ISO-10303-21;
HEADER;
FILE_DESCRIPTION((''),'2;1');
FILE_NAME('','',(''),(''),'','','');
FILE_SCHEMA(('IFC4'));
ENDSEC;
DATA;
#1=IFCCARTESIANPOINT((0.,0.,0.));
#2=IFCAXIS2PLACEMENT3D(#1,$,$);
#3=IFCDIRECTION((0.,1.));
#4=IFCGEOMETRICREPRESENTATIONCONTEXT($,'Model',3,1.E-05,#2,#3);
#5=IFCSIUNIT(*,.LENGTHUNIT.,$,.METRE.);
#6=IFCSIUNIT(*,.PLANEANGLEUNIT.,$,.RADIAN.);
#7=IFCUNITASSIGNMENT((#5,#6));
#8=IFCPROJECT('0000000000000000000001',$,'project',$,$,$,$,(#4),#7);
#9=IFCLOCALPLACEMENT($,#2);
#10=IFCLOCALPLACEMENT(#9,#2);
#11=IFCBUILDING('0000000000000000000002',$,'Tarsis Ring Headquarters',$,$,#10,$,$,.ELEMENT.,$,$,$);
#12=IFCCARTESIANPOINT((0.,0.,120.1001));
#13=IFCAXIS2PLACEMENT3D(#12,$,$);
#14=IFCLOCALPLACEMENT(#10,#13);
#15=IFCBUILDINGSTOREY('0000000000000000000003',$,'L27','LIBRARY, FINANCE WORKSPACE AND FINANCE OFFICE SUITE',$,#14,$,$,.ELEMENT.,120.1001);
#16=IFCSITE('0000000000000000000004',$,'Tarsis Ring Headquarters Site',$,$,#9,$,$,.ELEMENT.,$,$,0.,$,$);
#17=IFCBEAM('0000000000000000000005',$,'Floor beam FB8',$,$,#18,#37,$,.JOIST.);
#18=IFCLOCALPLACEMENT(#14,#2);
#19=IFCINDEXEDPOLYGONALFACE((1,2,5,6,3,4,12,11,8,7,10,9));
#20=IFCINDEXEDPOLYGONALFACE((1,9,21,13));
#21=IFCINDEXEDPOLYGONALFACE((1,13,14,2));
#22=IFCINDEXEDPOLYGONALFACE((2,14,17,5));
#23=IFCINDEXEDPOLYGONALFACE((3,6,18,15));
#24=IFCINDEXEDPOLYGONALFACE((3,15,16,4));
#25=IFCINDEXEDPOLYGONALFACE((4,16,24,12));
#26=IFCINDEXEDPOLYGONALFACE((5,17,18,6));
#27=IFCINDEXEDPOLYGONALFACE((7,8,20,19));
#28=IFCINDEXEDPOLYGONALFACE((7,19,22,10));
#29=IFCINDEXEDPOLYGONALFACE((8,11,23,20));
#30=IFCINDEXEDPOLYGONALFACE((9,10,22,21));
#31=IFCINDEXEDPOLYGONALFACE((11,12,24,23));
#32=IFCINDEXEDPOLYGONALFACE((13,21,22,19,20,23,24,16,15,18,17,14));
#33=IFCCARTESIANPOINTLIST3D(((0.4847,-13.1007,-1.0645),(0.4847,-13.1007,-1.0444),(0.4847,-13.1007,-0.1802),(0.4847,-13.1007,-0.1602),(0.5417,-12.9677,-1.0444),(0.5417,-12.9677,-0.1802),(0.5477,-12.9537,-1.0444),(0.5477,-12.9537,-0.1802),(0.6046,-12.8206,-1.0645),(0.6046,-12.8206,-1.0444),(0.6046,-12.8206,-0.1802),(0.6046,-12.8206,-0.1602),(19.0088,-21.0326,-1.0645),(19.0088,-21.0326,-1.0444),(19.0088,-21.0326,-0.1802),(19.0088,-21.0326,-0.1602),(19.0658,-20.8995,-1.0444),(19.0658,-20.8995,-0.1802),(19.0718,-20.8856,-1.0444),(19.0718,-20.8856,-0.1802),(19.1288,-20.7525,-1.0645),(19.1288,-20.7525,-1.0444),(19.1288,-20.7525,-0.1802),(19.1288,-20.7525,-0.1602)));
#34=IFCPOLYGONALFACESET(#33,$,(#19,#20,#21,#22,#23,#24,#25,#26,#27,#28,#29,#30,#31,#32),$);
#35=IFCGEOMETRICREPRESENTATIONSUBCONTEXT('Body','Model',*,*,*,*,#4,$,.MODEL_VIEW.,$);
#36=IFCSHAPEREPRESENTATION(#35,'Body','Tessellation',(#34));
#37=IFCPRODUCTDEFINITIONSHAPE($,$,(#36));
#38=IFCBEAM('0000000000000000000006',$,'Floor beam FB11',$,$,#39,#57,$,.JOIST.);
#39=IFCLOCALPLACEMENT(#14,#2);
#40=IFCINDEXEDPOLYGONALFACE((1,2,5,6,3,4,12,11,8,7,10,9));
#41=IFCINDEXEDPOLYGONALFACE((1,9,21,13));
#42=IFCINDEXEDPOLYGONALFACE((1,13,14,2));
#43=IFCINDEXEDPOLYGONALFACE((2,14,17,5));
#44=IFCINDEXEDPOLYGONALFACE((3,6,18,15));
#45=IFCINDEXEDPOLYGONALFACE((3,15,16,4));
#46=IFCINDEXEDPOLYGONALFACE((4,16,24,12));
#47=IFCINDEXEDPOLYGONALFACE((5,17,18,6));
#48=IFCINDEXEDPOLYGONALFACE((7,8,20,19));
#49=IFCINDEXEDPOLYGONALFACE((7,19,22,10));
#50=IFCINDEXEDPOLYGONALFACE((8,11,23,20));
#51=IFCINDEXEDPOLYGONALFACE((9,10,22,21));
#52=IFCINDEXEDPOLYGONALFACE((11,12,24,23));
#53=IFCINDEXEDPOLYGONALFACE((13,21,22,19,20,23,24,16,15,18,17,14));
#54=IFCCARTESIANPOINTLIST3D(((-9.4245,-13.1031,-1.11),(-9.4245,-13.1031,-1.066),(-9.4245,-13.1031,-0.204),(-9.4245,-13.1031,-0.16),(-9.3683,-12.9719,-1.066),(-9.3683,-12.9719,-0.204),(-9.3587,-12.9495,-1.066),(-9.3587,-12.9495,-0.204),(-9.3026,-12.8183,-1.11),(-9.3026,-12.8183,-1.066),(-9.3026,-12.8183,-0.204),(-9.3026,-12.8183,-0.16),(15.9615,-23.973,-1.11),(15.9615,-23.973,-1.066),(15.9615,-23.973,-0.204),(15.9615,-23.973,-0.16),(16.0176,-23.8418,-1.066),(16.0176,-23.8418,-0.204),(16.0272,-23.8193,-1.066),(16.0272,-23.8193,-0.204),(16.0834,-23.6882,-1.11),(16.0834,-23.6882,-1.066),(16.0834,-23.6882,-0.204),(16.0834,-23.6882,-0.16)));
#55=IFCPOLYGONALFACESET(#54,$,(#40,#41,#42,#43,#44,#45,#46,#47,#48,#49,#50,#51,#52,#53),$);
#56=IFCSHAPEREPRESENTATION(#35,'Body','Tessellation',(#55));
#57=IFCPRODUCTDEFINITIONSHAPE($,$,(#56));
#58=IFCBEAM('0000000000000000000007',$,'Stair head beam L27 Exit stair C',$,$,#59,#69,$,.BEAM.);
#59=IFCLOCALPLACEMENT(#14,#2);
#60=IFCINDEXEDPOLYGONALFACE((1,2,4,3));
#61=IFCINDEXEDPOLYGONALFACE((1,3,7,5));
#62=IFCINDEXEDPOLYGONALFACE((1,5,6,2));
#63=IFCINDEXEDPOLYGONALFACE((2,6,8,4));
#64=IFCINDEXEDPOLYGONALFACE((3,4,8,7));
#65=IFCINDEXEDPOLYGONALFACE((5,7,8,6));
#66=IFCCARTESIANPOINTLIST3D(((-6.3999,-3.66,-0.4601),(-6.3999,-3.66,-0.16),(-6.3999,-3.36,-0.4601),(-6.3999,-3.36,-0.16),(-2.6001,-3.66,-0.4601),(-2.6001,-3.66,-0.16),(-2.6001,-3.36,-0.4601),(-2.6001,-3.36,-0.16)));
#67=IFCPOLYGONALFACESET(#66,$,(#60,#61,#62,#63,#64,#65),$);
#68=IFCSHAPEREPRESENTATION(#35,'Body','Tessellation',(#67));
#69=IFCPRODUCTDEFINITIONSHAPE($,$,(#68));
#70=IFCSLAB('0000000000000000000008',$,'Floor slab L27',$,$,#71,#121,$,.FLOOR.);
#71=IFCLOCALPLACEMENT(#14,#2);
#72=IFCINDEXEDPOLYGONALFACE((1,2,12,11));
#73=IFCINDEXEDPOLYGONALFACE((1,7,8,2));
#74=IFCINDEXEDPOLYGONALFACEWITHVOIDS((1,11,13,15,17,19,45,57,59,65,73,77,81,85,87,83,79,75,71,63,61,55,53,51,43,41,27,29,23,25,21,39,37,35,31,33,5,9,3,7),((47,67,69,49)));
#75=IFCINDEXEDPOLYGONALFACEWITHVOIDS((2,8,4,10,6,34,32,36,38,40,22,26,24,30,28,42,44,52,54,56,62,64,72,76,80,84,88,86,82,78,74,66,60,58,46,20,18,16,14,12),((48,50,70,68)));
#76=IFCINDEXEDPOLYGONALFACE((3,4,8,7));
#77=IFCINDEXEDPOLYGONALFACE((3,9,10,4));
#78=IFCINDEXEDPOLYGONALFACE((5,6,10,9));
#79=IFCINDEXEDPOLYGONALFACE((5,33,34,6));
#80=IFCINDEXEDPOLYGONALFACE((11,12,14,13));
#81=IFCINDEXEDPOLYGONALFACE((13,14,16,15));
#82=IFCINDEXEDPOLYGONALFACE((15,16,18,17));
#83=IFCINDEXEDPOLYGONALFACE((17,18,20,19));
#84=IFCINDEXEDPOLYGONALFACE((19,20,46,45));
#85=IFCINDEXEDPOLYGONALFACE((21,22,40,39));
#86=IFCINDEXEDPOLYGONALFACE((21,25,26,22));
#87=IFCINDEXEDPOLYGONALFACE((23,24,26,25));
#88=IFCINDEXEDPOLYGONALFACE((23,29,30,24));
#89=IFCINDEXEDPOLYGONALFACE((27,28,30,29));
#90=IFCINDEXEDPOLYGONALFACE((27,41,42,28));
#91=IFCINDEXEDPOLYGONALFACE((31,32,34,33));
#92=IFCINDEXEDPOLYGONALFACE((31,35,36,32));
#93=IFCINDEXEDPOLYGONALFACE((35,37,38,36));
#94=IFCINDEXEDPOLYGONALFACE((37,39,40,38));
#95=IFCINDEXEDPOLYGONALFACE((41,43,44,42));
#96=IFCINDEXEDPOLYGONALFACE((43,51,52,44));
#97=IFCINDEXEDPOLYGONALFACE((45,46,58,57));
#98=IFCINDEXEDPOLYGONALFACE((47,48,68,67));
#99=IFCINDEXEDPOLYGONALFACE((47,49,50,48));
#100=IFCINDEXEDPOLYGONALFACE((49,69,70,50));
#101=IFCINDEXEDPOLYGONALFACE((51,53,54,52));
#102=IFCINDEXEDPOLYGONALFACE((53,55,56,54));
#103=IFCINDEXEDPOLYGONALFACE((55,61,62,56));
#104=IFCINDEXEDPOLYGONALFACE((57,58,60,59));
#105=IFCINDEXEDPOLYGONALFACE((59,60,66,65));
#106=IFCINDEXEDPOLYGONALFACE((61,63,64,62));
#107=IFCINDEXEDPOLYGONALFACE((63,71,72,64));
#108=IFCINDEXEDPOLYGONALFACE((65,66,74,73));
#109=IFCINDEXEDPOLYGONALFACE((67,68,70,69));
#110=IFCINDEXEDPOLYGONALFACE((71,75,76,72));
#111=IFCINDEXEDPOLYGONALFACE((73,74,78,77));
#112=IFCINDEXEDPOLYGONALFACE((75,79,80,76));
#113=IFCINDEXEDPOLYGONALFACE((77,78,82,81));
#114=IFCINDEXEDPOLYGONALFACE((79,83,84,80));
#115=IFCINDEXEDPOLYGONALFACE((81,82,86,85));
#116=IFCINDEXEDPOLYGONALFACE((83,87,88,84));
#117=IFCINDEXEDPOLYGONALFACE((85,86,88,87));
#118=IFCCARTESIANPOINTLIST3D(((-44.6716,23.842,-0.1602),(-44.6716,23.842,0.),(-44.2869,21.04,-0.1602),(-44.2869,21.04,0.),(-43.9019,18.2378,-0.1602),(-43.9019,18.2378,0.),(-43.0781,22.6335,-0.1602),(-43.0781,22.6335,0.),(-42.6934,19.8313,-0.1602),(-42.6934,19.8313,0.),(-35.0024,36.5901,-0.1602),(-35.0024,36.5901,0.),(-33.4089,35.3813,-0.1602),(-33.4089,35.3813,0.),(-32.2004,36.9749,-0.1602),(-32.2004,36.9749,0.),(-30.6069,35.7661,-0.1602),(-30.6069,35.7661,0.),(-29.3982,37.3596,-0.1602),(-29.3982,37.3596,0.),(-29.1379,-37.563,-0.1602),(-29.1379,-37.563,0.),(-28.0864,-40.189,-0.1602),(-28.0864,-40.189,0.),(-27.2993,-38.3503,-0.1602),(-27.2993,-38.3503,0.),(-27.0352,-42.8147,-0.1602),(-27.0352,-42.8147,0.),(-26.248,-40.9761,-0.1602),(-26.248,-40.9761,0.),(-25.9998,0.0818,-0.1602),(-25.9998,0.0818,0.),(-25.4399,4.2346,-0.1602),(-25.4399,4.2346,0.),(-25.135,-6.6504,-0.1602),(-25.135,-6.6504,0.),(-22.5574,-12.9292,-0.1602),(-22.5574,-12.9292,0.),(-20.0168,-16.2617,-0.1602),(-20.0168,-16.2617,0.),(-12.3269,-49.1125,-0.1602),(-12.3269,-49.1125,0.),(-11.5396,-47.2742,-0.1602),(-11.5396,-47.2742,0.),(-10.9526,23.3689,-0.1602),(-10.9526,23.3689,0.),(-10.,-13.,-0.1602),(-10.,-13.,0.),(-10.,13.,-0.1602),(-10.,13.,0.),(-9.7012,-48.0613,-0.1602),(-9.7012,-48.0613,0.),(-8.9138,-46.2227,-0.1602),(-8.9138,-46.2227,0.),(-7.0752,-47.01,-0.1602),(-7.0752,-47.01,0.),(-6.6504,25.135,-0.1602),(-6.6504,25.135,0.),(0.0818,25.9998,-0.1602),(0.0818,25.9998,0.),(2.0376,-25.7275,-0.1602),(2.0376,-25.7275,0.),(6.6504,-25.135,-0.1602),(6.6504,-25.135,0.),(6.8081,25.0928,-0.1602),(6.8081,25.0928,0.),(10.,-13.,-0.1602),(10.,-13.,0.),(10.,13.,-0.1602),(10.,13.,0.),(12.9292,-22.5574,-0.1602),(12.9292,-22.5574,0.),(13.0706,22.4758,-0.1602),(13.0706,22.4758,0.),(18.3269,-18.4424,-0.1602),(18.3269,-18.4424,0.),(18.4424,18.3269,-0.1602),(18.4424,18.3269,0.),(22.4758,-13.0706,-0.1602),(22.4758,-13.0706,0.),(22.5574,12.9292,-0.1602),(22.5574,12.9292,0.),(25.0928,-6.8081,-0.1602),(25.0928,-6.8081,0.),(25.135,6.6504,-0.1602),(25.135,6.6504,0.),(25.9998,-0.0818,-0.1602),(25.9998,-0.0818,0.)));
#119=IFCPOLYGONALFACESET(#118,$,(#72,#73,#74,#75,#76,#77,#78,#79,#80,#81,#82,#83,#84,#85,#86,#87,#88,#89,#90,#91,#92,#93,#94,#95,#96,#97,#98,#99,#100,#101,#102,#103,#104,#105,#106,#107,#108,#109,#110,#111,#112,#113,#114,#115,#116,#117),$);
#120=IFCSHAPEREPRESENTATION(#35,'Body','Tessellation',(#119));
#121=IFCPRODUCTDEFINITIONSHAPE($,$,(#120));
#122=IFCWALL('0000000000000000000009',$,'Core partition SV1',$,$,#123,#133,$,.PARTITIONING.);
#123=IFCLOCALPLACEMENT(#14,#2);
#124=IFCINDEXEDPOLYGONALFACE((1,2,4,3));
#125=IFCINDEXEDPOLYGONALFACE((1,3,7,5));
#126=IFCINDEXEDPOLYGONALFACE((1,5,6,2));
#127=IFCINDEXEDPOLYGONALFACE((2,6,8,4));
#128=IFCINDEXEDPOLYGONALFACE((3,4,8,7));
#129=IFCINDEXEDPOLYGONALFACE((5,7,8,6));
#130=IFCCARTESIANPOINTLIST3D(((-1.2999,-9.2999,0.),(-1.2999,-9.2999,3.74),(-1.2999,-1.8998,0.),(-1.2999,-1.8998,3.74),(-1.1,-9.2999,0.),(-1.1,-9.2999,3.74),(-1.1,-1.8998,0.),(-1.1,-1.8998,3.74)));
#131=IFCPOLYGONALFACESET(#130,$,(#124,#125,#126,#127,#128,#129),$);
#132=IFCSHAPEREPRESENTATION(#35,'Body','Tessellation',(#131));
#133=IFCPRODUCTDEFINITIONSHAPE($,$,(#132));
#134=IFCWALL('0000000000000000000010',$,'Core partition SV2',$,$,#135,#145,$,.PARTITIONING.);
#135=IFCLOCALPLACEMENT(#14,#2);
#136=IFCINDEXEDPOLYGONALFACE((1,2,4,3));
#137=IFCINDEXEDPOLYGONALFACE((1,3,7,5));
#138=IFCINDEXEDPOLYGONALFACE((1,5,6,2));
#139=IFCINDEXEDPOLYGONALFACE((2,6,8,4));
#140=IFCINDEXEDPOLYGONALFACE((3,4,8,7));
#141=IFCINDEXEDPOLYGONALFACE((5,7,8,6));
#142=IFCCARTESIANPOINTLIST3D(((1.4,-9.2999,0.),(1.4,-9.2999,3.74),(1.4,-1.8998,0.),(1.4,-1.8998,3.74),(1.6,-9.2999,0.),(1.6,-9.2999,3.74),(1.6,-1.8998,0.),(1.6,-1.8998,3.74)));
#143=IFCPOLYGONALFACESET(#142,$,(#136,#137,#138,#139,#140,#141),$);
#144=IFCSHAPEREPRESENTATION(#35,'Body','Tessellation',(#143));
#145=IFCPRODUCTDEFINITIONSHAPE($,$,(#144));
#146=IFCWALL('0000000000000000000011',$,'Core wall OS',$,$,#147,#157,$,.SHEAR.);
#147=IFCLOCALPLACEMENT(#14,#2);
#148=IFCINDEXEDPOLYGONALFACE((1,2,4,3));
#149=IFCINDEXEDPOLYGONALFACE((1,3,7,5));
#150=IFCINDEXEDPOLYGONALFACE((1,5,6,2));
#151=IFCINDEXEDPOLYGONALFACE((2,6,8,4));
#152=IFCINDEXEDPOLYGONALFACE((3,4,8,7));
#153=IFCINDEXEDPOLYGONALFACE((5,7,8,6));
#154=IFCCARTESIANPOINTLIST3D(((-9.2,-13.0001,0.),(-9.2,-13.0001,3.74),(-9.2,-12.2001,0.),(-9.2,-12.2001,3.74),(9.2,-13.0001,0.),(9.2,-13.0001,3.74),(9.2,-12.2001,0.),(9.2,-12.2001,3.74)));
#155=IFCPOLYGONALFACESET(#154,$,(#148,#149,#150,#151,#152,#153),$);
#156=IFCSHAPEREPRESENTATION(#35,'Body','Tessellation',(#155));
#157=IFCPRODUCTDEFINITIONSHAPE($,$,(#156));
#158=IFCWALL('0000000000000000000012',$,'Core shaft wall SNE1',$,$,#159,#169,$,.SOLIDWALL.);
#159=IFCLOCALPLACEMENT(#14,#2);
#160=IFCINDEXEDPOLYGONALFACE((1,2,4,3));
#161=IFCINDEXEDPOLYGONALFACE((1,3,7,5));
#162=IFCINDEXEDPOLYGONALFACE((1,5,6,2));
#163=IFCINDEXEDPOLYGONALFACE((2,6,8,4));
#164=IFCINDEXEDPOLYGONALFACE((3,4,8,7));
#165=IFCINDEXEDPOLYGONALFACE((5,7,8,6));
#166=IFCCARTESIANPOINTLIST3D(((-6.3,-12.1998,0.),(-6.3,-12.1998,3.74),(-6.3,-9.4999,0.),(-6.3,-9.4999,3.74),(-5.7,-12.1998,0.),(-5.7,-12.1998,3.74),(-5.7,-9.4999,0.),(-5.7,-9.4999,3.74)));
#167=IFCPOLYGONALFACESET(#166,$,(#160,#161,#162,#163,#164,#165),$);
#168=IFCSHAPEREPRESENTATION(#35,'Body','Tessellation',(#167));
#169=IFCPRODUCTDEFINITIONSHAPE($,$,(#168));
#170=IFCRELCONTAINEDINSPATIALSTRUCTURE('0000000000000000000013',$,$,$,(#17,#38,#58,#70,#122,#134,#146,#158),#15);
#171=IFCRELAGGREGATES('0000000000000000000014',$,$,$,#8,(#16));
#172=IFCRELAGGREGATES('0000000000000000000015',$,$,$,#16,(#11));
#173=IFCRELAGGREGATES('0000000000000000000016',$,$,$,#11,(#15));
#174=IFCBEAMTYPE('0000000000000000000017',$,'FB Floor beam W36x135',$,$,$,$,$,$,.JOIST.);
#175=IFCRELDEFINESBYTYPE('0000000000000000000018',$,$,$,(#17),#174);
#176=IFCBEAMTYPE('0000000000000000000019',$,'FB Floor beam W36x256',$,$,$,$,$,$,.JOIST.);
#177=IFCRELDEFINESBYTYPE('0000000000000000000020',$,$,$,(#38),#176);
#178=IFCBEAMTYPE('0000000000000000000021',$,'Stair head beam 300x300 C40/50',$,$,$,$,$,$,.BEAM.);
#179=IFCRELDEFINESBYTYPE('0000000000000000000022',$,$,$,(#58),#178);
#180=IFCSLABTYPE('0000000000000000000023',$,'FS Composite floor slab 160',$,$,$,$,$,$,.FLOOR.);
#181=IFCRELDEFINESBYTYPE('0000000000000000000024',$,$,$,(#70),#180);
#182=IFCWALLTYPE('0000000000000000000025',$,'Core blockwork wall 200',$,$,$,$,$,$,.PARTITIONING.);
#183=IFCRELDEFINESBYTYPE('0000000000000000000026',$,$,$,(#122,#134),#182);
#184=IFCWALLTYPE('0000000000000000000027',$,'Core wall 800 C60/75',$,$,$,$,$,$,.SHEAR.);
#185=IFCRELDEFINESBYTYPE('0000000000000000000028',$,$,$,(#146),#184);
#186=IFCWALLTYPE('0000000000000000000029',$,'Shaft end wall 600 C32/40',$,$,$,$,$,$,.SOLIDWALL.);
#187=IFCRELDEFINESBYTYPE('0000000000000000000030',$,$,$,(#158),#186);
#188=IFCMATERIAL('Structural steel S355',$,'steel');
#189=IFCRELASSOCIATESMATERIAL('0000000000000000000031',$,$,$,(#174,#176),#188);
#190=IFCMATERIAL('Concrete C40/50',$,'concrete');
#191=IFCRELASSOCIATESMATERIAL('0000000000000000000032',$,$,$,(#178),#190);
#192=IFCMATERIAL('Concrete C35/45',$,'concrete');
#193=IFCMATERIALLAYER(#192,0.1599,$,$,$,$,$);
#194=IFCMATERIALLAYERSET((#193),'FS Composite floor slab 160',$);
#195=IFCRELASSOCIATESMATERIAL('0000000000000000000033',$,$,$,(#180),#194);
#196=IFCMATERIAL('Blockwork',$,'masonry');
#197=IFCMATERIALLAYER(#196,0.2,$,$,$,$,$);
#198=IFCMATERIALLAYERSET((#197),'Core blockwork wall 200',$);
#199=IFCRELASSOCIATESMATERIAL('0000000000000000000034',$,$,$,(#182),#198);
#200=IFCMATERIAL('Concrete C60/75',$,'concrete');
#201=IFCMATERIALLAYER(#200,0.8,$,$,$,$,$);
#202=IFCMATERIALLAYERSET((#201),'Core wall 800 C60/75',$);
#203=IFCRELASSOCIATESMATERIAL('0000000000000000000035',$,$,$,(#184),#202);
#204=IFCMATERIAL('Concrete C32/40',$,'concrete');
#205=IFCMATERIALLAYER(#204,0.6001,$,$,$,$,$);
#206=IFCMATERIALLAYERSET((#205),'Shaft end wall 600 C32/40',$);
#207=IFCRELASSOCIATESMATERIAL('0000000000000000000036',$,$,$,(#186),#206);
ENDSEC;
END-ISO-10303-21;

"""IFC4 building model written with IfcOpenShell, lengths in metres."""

from ifc_helpers import new_model, si_unit, direction, frame, frame_2d, origin, origin_2d, place, context, subcontext, project, spatial, polyline, rectangle, i_section, outline, extrude, material, layer, layer_set, material_profile, profile_set, type_object, element, save


model = new_model("IFC4")

# Units and contexts
model_context = context("Model", 3, precision=1e-05, world=origin(), true_north=direction((0.0, 1.0)))
body_context = subcontext(model_context, "Body", "Model", "MODEL_VIEW")
ifc_project = project(units=[si_unit("LENGTHUNIT", "METRE"), si_unit("PLANEANGLEUNIT", "RADIAN")], contexts=[model_context])

# Site, building, storey
site_placement = place(None, origin())
site = spatial("IfcSite", under=ifc_project, at=site_placement, Name="Tarsis Ring Headquarters Site", CompositionType="ELEMENT", RefElevation=0.0)
building_placement = place(site_placement, origin())
building = spatial("IfcBuilding", under=site, at=building_placement, Name="Tarsis Ring Headquarters", CompositionType="ELEMENT")
storey_placement = place(building_placement, frame((0.0, 0.0, 120.1001)))
storey = spatial("IfcBuildingStorey", under=building, at=storey_placement, Name="L27", Description="LIBRARY, FINANCE WORKSPACE AND FINANCE OFFICE SUITE", CompositionType="ELEMENT", Elevation=120.1001)

# Beams
ifc_material_1 = material(Name="Structural steel S355", Category="steel")
ifc_material_profile_1 = material_profile(ifc_material_1, i_section(OverallWidth=0.3047, OverallDepth=0.9043, WebThickness=0.0151, FlangeThickness=0.02, at=origin_2d()), Name="W36x135")
ifc_profile_set_1 = profile_set([ifc_material_profile_1], Name="Structural steel S355")
beam_type_1 = type_object("IfcBeamType", Name="FB Floor beam W36x135", PredefinedType="JOIST", material=ifc_profile_set_1)
beam_1_placement = place(storey_placement, frame((0.5447, -12.9607, -0.6123), z_axis=(0.919272, -0.393624, 0.0), x_axis=(0.393624, 0.919272, 0.0)))
element("IfcBeam", 1, at=beam_1_placement, inside=storey, type_object=beam_type_1, Name="Floor beam FB8", PredefinedType="JOIST", context=body_context, shape_type="SweptSolid", body=[
    extrude(i_section(OverallWidth=0.3047, OverallDepth=0.9043, WebThickness=0.0151, FlangeThickness=0.02, at=origin_2d()), origin(), (0.0, 0.0, 1.0), 20.1509),
])
ifc_material_profile_2 = material_profile(ifc_material_1, i_section(OverallWidth=0.3098, OverallDepth=0.95, WebThickness=0.0244, FlangeThickness=0.0439, at=origin_2d()), Name="W36x256")
ifc_profile_set_2 = profile_set([ifc_material_profile_2], Name="Structural steel S355")
beam_type_2 = type_object("IfcBeamType", Name="FB Floor beam W36x256", PredefinedType="JOIST", material=ifc_profile_set_2)
beam_2_placement = place(storey_placement, frame((-9.3635, -12.9607, -0.635), z_axis=(0.919274, -0.393618, 0.0), x_axis=(0.393618, 0.919274, 0.0)))
element("IfcBeam", 2, at=beam_2_placement, inside=storey, type_object=beam_type_2, Name="Floor beam FB11", PredefinedType="JOIST", context=body_context, shape_type="SweptSolid", body=[
    extrude(i_section(OverallWidth=0.3098, OverallDepth=0.95, WebThickness=0.0244, FlangeThickness=0.0439, at=origin_2d()), origin(), (0.0, 0.0, 1.0), 27.6152),
])
ifc_material_2 = material(Name="Concrete C40/50", Category="concrete")
ifc_material_profile_3 = material_profile(ifc_material_2, rectangle(XDim=0.3, YDim=0.3, at=origin_2d()), Name="Stair head beam 300x300 C40/50")
ifc_profile_set_3 = profile_set([ifc_material_profile_3], Name="Concrete C40/50")
beam_type_3 = type_object("IfcBeamType", Name="Stair head beam 300x300 C40/50", PredefinedType="BEAM", material=ifc_profile_set_3)
beam_3_placement = place(storey_placement, frame((-6.3999, -3.51, -0.3101), z_axis=(1.0, 0.0, 0.0), x_axis=(0.0, 1.0, 0.0)))
element("IfcBeam", 3, at=beam_3_placement, inside=storey, type_object=beam_type_3, Name="Stair head beam L27 Exit stair C", PredefinedType="BEAM", context=body_context, shape_type="SweptSolid", body=[
    extrude(rectangle(XDim=0.3, YDim=0.3, at=origin_2d()), origin(), (0.0, 0.0, 1.0), 3.7998),
])

# Slab
ifc_material_3 = material(Name="Concrete C35/45", Category="concrete")
ifc_layer_1 = layer(ifc_material_3, 0.1599)
ifc_layer_set_1 = layer_set([ifc_layer_1], Name="FS Composite floor slab 160")
slab_type = type_object("IfcSlabType", Name="FS Composite floor slab 160", PredefinedType="FLOOR", material=ifc_layer_set_1)
slab_placement = place(storey_placement, frame((0.0, 0.0, -0.1602)))
element("IfcSlab", 4, at=slab_placement, inside=storey, type_object=slab_type, Name="Floor slab L27", PredefinedType="FLOOR", context=body_context, shape_type="SweptSolid", body=[
    extrude(outline(polyline([(-25.4399, 4.2346), (-25.9998, 0.0818), (-25.135, -6.6504), (-22.5574, -12.9292), (-20.0168, -16.2617), (-29.1379, -37.563), (-27.2993, -38.3503), (-28.0864, -40.189), (-26.248, -40.9761), (-27.0352, -42.8147), (-12.3269, -49.1125), (-11.5396, -47.2742), (-9.7012, -48.0613), (-8.9138, -46.2227), (-7.0752, -47.01), (2.0376, -25.7275), (6.6504, -25.135), (12.9292, -22.5574), (18.3269, -18.4424), (22.4758, -13.0706), (25.0928, -6.8081), (25.9998, -0.0818), (25.135, 6.6504), (22.5574, 12.9292), (18.4424, 18.3269), (13.0706, 22.4758), (6.8081, 25.0928), (0.0818, 25.9998), (-6.6504, 25.135), (-10.9526, 23.3689), (-29.3982, 37.3596), (-30.6069, 35.7661), (-32.2004, 36.9749), (-33.4089, 35.3813), (-35.0024, 36.5901), (-44.6716, 23.842), (-43.0781, 22.6335), (-44.2869, 21.04), (-42.6934, 19.8313), (-43.9019, 18.2378), (-25.4399, 4.2346)]), holes=[polyline([(-10.0, -13.0), (-10.0, 13.0), (10.0, 13.0), (10.0, -13.0), (-10.0, -13.0)])]), origin(), (0.0, 0.0, 1.0), 0.1602),
])

# Walls
ifc_material_4 = material(Name="Blockwork", Category="masonry")
ifc_layer_2 = layer(ifc_material_4, 0.2)
ifc_layer_set_2 = layer_set([ifc_layer_2], Name="Core blockwork wall 200")
wall_type_1 = type_object("IfcWallType", Name="Core blockwork wall 200", PredefinedType="PARTITIONING", material=ifc_layer_set_2)
for number, where, z_axis, x_axis, name in (
    (5, (-1.2, -9.3, 0.0), (0.0, 0.0, 1.0), (0.0, 1.0, 0.0), "Core partition SV1"),
    (6, (1.5, -9.3, 0.0), (0.0, 0.0, 1.0), (0.0, 1.0, 0.0), "Core partition SV2"),
):
    element("IfcWall", number, at=place(storey_placement, frame(where, z_axis=z_axis, x_axis=x_axis)), inside=storey, type_object=wall_type_1, Name=name, PredefinedType="PARTITIONING", context=body_context, shape_type="SweptSolid", body=[
        extrude(rectangle(XDim=7.4001, YDim=0.2, at=frame_2d((3.7002, 0.0))), origin(), (0.0, 0.0, 1.0), 3.74),
    ])
ifc_material_5 = material(Name="Concrete C60/75", Category="concrete")
ifc_layer_3 = layer(ifc_material_5, 0.8)
ifc_layer_set_3 = layer_set([ifc_layer_3], Name="Core wall 800 C60/75")
wall_type_2 = type_object("IfcWallType", Name="Core wall 800 C60/75", PredefinedType="SHEAR", material=ifc_layer_set_3)
wall_1_placement = place(storey_placement, frame((-9.2, -12.6001, 0.0), z_axis=(0.0, 0.0, 1.0), x_axis=(1.0, 0.0, 0.0)))
element("IfcWall", 7, at=wall_1_placement, inside=storey, type_object=wall_type_2, Name="Core wall OS", PredefinedType="SHEAR", context=body_context, shape_type="SweptSolid", body=[
    extrude(rectangle(XDim=18.3999, YDim=0.8, at=frame_2d((9.2, 0.0))), origin(), (0.0, 0.0, 1.0), 3.74),
])
ifc_material_6 = material(Name="Concrete C32/40", Category="concrete")
ifc_layer_4 = layer(ifc_material_6, 0.6001)
ifc_layer_set_4 = layer_set([ifc_layer_4], Name="Shaft end wall 600 C32/40")
wall_type_3 = type_object("IfcWallType", Name="Shaft end wall 600 C32/40", PredefinedType="SOLIDWALL", material=ifc_layer_set_4)
wall_2_placement = place(storey_placement, frame((-6.0, -12.2, 0.0), z_axis=(0.0, 0.0, 1.0), x_axis=(0.0, 1.0, 0.0)))
element("IfcWall", 8, at=wall_2_placement, inside=storey, type_object=wall_type_3, Name="Core shaft wall SNE1", PredefinedType="SOLIDWALL", context=body_context, shape_type="SweptSolid", body=[
    extrude(rectangle(XDim=2.7, YDim=0.6001, at=frame_2d((1.3501, 0.0))), origin(), (0.0, 0.0, 1.0), 3.74),
])

save(model, "model.ifc")
